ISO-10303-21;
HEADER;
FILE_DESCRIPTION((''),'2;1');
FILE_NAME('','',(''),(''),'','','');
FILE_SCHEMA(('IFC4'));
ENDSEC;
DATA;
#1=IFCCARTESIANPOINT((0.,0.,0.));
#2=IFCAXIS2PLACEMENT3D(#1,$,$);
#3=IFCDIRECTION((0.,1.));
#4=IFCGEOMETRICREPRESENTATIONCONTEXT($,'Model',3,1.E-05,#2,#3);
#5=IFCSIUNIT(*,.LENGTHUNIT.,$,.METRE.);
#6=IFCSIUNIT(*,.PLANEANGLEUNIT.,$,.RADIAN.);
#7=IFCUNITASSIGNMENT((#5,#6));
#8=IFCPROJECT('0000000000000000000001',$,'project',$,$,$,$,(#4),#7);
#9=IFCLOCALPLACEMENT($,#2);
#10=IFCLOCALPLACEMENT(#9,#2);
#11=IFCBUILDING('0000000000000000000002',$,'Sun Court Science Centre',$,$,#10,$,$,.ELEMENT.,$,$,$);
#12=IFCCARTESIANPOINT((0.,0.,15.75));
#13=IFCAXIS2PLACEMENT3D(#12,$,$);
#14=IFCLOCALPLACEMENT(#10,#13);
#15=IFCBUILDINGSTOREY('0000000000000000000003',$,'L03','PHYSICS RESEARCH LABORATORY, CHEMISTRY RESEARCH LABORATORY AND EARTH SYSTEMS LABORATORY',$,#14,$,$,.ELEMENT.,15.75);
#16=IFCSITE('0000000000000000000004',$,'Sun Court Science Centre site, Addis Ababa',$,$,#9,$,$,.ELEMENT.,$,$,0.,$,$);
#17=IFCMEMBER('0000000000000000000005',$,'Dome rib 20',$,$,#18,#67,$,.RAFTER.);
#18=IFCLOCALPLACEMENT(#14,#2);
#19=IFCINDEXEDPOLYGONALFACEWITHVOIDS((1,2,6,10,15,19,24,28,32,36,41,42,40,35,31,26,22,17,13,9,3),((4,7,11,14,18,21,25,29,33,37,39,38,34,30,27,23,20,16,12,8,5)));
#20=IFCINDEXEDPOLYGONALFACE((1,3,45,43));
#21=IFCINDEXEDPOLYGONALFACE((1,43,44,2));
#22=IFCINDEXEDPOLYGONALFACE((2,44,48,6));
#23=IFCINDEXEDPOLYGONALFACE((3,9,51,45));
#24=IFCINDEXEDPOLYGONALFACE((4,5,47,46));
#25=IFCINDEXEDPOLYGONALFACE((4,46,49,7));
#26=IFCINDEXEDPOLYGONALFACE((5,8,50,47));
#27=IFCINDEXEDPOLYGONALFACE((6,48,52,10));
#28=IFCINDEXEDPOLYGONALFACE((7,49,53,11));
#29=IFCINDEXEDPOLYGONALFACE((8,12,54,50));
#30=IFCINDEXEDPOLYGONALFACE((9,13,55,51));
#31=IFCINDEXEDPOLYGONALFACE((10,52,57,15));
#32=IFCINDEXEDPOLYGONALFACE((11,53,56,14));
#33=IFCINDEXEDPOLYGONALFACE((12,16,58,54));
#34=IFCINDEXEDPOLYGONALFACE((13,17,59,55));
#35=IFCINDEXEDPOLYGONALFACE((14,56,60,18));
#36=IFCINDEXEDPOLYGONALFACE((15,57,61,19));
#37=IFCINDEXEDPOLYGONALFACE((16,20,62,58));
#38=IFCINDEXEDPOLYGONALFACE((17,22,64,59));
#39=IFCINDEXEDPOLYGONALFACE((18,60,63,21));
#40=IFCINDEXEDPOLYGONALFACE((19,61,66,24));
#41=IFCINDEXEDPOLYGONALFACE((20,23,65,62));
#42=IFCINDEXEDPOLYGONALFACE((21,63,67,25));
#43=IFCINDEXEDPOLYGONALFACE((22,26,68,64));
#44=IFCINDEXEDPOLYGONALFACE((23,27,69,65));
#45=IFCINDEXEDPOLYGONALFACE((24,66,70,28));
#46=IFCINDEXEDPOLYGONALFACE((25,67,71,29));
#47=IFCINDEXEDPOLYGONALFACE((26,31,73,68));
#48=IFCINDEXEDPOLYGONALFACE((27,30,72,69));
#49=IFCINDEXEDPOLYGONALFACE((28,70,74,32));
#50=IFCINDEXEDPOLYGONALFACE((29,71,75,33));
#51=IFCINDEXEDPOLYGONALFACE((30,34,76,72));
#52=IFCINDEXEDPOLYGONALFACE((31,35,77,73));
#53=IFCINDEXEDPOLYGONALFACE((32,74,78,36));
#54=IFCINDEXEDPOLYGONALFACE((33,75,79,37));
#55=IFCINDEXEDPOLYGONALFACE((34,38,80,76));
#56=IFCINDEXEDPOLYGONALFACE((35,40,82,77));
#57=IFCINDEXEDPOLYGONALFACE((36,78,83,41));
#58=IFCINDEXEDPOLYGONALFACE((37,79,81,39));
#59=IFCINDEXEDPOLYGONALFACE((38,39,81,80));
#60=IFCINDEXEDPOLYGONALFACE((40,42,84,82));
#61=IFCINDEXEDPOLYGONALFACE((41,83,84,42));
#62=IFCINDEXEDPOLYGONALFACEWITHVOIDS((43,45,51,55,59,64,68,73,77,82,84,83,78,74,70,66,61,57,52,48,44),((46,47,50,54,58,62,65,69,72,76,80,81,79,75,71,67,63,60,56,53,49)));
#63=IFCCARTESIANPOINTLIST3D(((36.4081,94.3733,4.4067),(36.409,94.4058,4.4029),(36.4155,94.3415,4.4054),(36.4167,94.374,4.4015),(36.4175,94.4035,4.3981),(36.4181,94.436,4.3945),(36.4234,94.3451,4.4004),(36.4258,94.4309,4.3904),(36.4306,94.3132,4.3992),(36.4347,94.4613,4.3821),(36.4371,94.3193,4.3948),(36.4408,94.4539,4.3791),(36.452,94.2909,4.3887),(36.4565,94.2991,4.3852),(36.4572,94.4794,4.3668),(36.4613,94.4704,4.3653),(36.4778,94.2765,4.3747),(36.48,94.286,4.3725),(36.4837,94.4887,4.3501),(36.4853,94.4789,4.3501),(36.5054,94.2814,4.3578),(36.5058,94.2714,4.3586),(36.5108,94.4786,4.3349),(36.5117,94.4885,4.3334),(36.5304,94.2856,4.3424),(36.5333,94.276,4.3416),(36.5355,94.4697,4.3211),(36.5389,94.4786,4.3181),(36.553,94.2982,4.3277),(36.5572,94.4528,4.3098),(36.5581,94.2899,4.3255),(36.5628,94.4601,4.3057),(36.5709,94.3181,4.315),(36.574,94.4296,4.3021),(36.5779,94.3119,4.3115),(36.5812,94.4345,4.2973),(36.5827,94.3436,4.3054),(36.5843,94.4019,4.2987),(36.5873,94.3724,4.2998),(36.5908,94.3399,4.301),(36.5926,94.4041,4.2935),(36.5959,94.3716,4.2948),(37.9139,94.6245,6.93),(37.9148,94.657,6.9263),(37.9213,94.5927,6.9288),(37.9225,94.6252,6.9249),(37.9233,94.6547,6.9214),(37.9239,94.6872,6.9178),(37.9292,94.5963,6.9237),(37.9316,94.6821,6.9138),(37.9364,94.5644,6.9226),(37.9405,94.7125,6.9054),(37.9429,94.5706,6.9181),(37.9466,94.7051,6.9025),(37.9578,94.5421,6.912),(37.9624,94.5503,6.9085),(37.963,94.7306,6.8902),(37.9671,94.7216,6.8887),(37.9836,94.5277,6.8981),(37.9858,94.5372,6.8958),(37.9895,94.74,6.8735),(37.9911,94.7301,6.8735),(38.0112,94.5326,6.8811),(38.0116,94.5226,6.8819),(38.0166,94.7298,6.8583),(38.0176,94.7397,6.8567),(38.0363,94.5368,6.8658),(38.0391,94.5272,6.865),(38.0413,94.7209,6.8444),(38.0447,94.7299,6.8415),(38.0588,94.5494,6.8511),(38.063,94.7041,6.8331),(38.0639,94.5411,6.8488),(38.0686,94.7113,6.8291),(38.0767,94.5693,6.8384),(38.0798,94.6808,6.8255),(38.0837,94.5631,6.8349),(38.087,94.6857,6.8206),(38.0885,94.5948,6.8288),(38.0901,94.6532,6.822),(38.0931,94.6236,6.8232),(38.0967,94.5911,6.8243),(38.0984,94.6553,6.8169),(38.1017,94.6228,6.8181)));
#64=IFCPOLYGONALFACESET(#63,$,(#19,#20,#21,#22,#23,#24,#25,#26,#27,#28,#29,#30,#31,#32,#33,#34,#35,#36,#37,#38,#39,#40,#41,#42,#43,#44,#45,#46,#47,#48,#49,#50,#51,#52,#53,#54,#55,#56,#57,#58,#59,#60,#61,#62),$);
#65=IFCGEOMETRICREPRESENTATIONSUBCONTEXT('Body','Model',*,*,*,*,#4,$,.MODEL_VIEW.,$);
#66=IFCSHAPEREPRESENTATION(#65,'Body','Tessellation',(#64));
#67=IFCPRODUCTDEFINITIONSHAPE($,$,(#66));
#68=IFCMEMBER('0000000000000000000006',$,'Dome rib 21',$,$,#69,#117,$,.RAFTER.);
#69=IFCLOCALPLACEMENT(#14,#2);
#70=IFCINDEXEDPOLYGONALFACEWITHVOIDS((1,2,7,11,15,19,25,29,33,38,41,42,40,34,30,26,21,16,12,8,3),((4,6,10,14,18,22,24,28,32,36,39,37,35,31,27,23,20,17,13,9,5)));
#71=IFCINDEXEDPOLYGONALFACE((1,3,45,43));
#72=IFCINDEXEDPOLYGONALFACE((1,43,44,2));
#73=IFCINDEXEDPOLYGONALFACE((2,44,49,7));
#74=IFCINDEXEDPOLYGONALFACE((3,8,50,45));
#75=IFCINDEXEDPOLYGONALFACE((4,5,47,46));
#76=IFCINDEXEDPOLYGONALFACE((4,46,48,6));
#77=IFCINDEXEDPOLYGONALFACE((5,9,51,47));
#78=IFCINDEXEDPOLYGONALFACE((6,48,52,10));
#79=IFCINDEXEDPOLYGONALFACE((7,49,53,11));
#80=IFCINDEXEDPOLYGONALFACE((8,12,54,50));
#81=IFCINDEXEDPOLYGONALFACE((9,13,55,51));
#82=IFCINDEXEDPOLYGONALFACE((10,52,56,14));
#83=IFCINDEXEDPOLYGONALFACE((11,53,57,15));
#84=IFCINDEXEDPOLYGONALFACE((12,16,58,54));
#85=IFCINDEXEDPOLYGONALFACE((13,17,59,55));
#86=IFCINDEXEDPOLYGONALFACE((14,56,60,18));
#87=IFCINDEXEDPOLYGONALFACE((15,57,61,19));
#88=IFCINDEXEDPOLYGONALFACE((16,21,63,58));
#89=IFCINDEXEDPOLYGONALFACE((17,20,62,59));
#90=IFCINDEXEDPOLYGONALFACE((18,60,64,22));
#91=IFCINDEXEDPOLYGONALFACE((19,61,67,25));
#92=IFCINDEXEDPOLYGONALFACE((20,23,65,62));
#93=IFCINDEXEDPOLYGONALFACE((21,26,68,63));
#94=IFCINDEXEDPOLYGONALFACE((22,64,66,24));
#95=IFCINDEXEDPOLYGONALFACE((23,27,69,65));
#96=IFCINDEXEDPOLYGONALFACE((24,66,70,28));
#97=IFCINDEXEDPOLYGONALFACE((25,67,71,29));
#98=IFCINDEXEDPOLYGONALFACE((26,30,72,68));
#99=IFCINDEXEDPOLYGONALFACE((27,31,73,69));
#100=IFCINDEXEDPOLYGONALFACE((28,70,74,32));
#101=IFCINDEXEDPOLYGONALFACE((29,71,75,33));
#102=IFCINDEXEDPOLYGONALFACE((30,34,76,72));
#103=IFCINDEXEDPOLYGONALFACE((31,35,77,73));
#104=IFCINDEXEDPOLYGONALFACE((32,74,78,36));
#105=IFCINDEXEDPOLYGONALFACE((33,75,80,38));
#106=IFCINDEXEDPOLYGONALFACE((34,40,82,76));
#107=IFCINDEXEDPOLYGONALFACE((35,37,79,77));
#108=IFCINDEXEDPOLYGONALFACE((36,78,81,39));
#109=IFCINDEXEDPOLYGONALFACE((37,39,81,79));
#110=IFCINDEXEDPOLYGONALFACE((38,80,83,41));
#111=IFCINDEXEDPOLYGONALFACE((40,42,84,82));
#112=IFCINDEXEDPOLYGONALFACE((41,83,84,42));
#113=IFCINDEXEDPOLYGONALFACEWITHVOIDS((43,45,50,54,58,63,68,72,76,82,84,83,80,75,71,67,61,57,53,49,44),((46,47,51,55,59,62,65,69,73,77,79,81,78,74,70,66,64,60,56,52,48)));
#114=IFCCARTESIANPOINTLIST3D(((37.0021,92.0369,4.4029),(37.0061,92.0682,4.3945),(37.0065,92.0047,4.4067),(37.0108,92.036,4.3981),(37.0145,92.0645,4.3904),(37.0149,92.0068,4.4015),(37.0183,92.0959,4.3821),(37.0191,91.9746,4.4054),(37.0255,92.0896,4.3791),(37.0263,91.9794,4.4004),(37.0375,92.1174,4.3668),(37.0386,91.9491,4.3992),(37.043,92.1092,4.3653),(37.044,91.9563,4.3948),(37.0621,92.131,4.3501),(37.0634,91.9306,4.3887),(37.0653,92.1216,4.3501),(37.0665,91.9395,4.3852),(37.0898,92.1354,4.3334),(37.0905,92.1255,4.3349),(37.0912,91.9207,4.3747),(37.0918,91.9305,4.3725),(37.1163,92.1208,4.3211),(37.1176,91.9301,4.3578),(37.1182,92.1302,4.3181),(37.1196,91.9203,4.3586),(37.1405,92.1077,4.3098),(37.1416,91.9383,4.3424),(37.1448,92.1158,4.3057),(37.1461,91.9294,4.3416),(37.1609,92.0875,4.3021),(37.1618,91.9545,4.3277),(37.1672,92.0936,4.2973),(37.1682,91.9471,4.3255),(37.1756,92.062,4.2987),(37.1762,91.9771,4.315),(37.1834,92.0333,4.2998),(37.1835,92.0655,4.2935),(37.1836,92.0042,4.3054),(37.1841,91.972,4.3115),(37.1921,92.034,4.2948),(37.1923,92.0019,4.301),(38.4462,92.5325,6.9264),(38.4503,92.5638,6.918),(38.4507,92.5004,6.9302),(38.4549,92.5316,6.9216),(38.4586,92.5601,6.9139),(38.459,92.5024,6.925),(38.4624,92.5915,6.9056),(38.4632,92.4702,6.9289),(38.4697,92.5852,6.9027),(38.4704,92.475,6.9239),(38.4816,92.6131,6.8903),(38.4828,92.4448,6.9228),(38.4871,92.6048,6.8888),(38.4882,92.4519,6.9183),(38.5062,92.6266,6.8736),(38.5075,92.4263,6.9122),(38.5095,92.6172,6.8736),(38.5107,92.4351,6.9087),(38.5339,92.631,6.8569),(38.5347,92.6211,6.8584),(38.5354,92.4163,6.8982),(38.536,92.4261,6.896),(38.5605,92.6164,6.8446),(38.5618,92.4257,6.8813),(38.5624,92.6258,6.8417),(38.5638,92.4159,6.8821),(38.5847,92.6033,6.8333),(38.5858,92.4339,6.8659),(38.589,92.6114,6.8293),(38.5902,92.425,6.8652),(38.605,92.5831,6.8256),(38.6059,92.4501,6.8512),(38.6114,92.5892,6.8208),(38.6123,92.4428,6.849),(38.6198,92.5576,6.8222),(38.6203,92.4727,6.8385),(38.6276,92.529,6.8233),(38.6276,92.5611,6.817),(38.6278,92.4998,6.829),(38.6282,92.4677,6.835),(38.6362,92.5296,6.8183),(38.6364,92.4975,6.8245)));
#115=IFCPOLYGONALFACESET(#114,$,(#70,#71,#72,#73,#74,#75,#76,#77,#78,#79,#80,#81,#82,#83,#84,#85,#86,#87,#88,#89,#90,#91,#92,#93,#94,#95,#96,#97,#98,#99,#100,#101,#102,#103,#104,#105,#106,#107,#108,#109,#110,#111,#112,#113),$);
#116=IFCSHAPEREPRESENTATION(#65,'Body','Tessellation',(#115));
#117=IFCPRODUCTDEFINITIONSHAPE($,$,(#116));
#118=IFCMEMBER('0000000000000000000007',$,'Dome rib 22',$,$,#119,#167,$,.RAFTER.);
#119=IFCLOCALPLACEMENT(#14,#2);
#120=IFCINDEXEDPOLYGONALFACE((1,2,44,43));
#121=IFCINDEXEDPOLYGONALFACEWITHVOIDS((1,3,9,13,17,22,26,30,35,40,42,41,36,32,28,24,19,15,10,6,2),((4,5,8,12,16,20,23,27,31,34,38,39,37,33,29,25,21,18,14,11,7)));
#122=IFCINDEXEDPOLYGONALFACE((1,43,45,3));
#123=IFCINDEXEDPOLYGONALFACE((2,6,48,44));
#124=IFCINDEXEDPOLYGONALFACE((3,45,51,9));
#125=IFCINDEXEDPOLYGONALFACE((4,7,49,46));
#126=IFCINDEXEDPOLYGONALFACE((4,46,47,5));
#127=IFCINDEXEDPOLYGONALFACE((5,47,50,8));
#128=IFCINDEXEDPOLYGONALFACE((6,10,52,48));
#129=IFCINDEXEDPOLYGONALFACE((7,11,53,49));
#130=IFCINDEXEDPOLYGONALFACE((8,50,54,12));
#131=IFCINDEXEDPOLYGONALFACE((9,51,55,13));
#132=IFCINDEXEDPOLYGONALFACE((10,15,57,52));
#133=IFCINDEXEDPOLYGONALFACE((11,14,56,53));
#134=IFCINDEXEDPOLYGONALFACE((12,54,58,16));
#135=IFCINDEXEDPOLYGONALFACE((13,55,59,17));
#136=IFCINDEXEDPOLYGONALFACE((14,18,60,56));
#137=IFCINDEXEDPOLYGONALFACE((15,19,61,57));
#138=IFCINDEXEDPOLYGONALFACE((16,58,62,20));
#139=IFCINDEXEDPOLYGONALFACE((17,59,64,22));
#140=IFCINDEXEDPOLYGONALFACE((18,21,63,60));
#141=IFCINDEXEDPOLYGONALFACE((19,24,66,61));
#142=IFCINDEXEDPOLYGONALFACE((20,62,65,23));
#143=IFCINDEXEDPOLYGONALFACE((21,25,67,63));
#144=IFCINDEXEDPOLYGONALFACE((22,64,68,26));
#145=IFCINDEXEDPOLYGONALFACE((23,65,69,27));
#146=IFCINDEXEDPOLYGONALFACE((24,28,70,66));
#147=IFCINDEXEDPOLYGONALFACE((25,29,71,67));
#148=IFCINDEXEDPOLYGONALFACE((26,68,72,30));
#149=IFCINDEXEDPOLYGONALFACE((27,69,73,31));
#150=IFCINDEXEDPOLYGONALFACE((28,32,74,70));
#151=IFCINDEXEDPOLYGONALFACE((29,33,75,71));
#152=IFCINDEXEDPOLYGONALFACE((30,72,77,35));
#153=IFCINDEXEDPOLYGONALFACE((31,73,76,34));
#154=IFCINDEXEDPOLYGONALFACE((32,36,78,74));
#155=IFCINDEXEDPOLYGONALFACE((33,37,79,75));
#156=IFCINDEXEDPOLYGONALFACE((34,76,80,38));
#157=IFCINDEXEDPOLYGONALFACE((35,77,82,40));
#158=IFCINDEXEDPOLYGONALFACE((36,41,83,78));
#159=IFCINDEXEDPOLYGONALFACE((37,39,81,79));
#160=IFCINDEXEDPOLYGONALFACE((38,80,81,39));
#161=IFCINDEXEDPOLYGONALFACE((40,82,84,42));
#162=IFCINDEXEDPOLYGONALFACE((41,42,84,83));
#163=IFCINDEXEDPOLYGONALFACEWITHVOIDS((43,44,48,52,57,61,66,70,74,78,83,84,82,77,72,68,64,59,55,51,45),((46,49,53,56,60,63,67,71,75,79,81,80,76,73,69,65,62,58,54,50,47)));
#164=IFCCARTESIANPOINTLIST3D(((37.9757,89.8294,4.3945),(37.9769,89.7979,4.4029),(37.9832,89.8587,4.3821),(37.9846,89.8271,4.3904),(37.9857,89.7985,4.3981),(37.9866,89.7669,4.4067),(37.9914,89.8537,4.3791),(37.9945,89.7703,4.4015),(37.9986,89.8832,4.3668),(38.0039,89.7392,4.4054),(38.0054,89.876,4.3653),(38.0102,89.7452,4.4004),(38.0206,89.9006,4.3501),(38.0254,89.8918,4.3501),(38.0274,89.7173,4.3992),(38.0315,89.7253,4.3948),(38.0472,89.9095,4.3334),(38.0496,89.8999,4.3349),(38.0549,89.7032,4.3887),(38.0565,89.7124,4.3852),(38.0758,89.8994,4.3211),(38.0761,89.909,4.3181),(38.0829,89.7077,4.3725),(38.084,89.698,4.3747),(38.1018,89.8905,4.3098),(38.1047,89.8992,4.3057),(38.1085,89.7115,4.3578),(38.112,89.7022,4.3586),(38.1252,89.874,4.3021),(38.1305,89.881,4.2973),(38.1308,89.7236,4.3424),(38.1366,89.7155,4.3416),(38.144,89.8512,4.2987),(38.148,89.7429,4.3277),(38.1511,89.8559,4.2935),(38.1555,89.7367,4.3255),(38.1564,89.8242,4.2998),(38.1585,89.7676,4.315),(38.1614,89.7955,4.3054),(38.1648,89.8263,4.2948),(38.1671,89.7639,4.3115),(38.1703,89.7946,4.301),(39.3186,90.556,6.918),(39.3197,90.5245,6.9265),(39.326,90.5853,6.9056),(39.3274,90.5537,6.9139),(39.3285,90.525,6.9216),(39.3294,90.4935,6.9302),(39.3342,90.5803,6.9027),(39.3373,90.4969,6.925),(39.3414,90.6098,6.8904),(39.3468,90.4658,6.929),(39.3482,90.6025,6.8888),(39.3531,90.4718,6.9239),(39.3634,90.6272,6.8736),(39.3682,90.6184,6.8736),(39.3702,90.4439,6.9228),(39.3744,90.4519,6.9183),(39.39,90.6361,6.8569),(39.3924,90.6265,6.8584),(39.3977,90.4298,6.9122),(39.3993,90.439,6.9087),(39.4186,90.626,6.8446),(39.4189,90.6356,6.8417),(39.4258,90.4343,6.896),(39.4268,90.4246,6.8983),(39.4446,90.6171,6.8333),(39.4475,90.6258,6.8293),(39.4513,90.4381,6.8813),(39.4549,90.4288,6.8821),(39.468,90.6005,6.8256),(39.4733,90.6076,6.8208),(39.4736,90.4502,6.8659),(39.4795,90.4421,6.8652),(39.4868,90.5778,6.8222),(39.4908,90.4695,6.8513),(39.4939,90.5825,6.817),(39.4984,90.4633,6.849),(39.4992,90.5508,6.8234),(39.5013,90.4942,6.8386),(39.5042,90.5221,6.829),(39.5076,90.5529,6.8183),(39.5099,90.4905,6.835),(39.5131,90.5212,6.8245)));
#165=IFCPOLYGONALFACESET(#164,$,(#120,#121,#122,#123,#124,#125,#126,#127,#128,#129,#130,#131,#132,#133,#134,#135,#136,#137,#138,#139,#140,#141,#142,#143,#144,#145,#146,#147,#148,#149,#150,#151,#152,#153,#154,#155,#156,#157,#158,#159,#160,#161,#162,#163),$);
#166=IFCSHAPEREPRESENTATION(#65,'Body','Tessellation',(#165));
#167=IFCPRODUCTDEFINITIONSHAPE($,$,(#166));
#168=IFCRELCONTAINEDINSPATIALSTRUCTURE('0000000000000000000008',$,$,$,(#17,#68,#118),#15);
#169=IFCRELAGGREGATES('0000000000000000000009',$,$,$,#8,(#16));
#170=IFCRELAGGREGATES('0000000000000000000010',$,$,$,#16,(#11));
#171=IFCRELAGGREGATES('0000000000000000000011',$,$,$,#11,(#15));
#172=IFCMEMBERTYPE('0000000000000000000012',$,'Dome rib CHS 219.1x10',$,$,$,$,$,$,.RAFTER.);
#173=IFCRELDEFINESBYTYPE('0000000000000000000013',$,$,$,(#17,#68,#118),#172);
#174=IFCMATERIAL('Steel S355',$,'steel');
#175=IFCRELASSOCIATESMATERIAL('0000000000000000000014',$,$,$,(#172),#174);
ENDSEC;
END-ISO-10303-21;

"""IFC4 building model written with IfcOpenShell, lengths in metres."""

from ifc_helpers import new_model, si_unit, direction, frame, origin, origin_2d, place, context, subcontext, project, spatial, hollow_circle, extrude, material, material_profile, profile_set, type_object, element, save


model = new_model("IFC4")

# Units and contexts
model_context = context("Model", 3, precision=1e-05, world=origin(), true_north=direction((0.0, 1.0)))
body_context = subcontext(model_context, "Body", "Model", "MODEL_VIEW")
ifc_project = project(units=[si_unit("LENGTHUNIT", "METRE"), si_unit("PLANEANGLEUNIT", "RADIAN")], contexts=[model_context])

# Site, building, storey
site_placement = place(None, origin())
site = spatial("IfcSite", under=ifc_project, at=site_placement, Name="Sun Court Science Centre site, Addis Ababa", CompositionType="ELEMENT", RefElevation=0.0)
building_placement = place(site_placement, origin())
building = spatial("IfcBuilding", under=site, at=building_placement, Name="Sun Court Science Centre", CompositionType="ELEMENT")
storey_placement = place(building_placement, frame((0.0, 0.0, 15.75)))
storey = spatial("IfcBuildingStorey", under=building, at=storey_placement, Name="L03", Description="PHYSICS RESEARCH LABORATORY, CHEMISTRY RESEARCH LABORATORY AND EARTH SYSTEMS LABORATORY", CompositionType="ELEMENT", Elevation=15.75)

# Members
ifc_material_1 = material(Name="Steel S355", Category="steel")
ifc_material_profile_1 = material_profile(ifc_material_1, hollow_circle(Radius=0.1096, WallThickness=0.01, at=origin_2d()), Name="CHS 219.1x10")
ifc_profile_set_1 = profile_set([ifc_material_profile_1], Name="Steel S355")
member_type_1 = type_object("IfcMemberType", Name="Dome rib CHS 219.1x10", PredefinedType="RAFTER", material=ifc_profile_set_1)
member_1_placement = place(storey_placement, frame((36.5017, 94.3806, 4.3501), z_axis=(0.510579, 0.085179, 0.855601), x_axis=(-0.164555, 0.986368, 0.0)))
element("IfcMember", 1, at=member_1_placement, inside=storey, type_object=member_type_1, Name="Dome rib 20", PredefinedType="RAFTER", context=body_context, shape_type="SweptSolid", body=[
    extrude(hollow_circle(Radius=0.1096, WallThickness=0.01, at=origin_2d()), origin(), (0.0, 0.0, 1.0), 2.9492),
])
for number, where, z_axis, x_axis, name in (
    (2, (37.0977, 92.0273, 4.3501), (0.489628, 0.168038, 0.855586), (-0.32461, 0.945848, 0.0), "Dome rib 21"),
    (3, (38.0728, 89.8042, 4.3501), (0.455278, 0.246347, 0.855591), (-0.475892, 0.879504, 0.0), "Dome rib 22"),
):
    element("IfcMember", number, at=place(storey_placement, frame(where, z_axis=z_axis, x_axis=x_axis)), inside=storey, type_object=member_type_1, Name=name, PredefinedType="RAFTER", context=body_context, shape_type="SweptSolid", body=[
        extrude(hollow_circle(Radius=0.1096, WallThickness=0.01, at=origin_2d()), origin(), (0.0, 0.0, 1.0), 2.9495),
    ])

save(model, "model.ifc")
